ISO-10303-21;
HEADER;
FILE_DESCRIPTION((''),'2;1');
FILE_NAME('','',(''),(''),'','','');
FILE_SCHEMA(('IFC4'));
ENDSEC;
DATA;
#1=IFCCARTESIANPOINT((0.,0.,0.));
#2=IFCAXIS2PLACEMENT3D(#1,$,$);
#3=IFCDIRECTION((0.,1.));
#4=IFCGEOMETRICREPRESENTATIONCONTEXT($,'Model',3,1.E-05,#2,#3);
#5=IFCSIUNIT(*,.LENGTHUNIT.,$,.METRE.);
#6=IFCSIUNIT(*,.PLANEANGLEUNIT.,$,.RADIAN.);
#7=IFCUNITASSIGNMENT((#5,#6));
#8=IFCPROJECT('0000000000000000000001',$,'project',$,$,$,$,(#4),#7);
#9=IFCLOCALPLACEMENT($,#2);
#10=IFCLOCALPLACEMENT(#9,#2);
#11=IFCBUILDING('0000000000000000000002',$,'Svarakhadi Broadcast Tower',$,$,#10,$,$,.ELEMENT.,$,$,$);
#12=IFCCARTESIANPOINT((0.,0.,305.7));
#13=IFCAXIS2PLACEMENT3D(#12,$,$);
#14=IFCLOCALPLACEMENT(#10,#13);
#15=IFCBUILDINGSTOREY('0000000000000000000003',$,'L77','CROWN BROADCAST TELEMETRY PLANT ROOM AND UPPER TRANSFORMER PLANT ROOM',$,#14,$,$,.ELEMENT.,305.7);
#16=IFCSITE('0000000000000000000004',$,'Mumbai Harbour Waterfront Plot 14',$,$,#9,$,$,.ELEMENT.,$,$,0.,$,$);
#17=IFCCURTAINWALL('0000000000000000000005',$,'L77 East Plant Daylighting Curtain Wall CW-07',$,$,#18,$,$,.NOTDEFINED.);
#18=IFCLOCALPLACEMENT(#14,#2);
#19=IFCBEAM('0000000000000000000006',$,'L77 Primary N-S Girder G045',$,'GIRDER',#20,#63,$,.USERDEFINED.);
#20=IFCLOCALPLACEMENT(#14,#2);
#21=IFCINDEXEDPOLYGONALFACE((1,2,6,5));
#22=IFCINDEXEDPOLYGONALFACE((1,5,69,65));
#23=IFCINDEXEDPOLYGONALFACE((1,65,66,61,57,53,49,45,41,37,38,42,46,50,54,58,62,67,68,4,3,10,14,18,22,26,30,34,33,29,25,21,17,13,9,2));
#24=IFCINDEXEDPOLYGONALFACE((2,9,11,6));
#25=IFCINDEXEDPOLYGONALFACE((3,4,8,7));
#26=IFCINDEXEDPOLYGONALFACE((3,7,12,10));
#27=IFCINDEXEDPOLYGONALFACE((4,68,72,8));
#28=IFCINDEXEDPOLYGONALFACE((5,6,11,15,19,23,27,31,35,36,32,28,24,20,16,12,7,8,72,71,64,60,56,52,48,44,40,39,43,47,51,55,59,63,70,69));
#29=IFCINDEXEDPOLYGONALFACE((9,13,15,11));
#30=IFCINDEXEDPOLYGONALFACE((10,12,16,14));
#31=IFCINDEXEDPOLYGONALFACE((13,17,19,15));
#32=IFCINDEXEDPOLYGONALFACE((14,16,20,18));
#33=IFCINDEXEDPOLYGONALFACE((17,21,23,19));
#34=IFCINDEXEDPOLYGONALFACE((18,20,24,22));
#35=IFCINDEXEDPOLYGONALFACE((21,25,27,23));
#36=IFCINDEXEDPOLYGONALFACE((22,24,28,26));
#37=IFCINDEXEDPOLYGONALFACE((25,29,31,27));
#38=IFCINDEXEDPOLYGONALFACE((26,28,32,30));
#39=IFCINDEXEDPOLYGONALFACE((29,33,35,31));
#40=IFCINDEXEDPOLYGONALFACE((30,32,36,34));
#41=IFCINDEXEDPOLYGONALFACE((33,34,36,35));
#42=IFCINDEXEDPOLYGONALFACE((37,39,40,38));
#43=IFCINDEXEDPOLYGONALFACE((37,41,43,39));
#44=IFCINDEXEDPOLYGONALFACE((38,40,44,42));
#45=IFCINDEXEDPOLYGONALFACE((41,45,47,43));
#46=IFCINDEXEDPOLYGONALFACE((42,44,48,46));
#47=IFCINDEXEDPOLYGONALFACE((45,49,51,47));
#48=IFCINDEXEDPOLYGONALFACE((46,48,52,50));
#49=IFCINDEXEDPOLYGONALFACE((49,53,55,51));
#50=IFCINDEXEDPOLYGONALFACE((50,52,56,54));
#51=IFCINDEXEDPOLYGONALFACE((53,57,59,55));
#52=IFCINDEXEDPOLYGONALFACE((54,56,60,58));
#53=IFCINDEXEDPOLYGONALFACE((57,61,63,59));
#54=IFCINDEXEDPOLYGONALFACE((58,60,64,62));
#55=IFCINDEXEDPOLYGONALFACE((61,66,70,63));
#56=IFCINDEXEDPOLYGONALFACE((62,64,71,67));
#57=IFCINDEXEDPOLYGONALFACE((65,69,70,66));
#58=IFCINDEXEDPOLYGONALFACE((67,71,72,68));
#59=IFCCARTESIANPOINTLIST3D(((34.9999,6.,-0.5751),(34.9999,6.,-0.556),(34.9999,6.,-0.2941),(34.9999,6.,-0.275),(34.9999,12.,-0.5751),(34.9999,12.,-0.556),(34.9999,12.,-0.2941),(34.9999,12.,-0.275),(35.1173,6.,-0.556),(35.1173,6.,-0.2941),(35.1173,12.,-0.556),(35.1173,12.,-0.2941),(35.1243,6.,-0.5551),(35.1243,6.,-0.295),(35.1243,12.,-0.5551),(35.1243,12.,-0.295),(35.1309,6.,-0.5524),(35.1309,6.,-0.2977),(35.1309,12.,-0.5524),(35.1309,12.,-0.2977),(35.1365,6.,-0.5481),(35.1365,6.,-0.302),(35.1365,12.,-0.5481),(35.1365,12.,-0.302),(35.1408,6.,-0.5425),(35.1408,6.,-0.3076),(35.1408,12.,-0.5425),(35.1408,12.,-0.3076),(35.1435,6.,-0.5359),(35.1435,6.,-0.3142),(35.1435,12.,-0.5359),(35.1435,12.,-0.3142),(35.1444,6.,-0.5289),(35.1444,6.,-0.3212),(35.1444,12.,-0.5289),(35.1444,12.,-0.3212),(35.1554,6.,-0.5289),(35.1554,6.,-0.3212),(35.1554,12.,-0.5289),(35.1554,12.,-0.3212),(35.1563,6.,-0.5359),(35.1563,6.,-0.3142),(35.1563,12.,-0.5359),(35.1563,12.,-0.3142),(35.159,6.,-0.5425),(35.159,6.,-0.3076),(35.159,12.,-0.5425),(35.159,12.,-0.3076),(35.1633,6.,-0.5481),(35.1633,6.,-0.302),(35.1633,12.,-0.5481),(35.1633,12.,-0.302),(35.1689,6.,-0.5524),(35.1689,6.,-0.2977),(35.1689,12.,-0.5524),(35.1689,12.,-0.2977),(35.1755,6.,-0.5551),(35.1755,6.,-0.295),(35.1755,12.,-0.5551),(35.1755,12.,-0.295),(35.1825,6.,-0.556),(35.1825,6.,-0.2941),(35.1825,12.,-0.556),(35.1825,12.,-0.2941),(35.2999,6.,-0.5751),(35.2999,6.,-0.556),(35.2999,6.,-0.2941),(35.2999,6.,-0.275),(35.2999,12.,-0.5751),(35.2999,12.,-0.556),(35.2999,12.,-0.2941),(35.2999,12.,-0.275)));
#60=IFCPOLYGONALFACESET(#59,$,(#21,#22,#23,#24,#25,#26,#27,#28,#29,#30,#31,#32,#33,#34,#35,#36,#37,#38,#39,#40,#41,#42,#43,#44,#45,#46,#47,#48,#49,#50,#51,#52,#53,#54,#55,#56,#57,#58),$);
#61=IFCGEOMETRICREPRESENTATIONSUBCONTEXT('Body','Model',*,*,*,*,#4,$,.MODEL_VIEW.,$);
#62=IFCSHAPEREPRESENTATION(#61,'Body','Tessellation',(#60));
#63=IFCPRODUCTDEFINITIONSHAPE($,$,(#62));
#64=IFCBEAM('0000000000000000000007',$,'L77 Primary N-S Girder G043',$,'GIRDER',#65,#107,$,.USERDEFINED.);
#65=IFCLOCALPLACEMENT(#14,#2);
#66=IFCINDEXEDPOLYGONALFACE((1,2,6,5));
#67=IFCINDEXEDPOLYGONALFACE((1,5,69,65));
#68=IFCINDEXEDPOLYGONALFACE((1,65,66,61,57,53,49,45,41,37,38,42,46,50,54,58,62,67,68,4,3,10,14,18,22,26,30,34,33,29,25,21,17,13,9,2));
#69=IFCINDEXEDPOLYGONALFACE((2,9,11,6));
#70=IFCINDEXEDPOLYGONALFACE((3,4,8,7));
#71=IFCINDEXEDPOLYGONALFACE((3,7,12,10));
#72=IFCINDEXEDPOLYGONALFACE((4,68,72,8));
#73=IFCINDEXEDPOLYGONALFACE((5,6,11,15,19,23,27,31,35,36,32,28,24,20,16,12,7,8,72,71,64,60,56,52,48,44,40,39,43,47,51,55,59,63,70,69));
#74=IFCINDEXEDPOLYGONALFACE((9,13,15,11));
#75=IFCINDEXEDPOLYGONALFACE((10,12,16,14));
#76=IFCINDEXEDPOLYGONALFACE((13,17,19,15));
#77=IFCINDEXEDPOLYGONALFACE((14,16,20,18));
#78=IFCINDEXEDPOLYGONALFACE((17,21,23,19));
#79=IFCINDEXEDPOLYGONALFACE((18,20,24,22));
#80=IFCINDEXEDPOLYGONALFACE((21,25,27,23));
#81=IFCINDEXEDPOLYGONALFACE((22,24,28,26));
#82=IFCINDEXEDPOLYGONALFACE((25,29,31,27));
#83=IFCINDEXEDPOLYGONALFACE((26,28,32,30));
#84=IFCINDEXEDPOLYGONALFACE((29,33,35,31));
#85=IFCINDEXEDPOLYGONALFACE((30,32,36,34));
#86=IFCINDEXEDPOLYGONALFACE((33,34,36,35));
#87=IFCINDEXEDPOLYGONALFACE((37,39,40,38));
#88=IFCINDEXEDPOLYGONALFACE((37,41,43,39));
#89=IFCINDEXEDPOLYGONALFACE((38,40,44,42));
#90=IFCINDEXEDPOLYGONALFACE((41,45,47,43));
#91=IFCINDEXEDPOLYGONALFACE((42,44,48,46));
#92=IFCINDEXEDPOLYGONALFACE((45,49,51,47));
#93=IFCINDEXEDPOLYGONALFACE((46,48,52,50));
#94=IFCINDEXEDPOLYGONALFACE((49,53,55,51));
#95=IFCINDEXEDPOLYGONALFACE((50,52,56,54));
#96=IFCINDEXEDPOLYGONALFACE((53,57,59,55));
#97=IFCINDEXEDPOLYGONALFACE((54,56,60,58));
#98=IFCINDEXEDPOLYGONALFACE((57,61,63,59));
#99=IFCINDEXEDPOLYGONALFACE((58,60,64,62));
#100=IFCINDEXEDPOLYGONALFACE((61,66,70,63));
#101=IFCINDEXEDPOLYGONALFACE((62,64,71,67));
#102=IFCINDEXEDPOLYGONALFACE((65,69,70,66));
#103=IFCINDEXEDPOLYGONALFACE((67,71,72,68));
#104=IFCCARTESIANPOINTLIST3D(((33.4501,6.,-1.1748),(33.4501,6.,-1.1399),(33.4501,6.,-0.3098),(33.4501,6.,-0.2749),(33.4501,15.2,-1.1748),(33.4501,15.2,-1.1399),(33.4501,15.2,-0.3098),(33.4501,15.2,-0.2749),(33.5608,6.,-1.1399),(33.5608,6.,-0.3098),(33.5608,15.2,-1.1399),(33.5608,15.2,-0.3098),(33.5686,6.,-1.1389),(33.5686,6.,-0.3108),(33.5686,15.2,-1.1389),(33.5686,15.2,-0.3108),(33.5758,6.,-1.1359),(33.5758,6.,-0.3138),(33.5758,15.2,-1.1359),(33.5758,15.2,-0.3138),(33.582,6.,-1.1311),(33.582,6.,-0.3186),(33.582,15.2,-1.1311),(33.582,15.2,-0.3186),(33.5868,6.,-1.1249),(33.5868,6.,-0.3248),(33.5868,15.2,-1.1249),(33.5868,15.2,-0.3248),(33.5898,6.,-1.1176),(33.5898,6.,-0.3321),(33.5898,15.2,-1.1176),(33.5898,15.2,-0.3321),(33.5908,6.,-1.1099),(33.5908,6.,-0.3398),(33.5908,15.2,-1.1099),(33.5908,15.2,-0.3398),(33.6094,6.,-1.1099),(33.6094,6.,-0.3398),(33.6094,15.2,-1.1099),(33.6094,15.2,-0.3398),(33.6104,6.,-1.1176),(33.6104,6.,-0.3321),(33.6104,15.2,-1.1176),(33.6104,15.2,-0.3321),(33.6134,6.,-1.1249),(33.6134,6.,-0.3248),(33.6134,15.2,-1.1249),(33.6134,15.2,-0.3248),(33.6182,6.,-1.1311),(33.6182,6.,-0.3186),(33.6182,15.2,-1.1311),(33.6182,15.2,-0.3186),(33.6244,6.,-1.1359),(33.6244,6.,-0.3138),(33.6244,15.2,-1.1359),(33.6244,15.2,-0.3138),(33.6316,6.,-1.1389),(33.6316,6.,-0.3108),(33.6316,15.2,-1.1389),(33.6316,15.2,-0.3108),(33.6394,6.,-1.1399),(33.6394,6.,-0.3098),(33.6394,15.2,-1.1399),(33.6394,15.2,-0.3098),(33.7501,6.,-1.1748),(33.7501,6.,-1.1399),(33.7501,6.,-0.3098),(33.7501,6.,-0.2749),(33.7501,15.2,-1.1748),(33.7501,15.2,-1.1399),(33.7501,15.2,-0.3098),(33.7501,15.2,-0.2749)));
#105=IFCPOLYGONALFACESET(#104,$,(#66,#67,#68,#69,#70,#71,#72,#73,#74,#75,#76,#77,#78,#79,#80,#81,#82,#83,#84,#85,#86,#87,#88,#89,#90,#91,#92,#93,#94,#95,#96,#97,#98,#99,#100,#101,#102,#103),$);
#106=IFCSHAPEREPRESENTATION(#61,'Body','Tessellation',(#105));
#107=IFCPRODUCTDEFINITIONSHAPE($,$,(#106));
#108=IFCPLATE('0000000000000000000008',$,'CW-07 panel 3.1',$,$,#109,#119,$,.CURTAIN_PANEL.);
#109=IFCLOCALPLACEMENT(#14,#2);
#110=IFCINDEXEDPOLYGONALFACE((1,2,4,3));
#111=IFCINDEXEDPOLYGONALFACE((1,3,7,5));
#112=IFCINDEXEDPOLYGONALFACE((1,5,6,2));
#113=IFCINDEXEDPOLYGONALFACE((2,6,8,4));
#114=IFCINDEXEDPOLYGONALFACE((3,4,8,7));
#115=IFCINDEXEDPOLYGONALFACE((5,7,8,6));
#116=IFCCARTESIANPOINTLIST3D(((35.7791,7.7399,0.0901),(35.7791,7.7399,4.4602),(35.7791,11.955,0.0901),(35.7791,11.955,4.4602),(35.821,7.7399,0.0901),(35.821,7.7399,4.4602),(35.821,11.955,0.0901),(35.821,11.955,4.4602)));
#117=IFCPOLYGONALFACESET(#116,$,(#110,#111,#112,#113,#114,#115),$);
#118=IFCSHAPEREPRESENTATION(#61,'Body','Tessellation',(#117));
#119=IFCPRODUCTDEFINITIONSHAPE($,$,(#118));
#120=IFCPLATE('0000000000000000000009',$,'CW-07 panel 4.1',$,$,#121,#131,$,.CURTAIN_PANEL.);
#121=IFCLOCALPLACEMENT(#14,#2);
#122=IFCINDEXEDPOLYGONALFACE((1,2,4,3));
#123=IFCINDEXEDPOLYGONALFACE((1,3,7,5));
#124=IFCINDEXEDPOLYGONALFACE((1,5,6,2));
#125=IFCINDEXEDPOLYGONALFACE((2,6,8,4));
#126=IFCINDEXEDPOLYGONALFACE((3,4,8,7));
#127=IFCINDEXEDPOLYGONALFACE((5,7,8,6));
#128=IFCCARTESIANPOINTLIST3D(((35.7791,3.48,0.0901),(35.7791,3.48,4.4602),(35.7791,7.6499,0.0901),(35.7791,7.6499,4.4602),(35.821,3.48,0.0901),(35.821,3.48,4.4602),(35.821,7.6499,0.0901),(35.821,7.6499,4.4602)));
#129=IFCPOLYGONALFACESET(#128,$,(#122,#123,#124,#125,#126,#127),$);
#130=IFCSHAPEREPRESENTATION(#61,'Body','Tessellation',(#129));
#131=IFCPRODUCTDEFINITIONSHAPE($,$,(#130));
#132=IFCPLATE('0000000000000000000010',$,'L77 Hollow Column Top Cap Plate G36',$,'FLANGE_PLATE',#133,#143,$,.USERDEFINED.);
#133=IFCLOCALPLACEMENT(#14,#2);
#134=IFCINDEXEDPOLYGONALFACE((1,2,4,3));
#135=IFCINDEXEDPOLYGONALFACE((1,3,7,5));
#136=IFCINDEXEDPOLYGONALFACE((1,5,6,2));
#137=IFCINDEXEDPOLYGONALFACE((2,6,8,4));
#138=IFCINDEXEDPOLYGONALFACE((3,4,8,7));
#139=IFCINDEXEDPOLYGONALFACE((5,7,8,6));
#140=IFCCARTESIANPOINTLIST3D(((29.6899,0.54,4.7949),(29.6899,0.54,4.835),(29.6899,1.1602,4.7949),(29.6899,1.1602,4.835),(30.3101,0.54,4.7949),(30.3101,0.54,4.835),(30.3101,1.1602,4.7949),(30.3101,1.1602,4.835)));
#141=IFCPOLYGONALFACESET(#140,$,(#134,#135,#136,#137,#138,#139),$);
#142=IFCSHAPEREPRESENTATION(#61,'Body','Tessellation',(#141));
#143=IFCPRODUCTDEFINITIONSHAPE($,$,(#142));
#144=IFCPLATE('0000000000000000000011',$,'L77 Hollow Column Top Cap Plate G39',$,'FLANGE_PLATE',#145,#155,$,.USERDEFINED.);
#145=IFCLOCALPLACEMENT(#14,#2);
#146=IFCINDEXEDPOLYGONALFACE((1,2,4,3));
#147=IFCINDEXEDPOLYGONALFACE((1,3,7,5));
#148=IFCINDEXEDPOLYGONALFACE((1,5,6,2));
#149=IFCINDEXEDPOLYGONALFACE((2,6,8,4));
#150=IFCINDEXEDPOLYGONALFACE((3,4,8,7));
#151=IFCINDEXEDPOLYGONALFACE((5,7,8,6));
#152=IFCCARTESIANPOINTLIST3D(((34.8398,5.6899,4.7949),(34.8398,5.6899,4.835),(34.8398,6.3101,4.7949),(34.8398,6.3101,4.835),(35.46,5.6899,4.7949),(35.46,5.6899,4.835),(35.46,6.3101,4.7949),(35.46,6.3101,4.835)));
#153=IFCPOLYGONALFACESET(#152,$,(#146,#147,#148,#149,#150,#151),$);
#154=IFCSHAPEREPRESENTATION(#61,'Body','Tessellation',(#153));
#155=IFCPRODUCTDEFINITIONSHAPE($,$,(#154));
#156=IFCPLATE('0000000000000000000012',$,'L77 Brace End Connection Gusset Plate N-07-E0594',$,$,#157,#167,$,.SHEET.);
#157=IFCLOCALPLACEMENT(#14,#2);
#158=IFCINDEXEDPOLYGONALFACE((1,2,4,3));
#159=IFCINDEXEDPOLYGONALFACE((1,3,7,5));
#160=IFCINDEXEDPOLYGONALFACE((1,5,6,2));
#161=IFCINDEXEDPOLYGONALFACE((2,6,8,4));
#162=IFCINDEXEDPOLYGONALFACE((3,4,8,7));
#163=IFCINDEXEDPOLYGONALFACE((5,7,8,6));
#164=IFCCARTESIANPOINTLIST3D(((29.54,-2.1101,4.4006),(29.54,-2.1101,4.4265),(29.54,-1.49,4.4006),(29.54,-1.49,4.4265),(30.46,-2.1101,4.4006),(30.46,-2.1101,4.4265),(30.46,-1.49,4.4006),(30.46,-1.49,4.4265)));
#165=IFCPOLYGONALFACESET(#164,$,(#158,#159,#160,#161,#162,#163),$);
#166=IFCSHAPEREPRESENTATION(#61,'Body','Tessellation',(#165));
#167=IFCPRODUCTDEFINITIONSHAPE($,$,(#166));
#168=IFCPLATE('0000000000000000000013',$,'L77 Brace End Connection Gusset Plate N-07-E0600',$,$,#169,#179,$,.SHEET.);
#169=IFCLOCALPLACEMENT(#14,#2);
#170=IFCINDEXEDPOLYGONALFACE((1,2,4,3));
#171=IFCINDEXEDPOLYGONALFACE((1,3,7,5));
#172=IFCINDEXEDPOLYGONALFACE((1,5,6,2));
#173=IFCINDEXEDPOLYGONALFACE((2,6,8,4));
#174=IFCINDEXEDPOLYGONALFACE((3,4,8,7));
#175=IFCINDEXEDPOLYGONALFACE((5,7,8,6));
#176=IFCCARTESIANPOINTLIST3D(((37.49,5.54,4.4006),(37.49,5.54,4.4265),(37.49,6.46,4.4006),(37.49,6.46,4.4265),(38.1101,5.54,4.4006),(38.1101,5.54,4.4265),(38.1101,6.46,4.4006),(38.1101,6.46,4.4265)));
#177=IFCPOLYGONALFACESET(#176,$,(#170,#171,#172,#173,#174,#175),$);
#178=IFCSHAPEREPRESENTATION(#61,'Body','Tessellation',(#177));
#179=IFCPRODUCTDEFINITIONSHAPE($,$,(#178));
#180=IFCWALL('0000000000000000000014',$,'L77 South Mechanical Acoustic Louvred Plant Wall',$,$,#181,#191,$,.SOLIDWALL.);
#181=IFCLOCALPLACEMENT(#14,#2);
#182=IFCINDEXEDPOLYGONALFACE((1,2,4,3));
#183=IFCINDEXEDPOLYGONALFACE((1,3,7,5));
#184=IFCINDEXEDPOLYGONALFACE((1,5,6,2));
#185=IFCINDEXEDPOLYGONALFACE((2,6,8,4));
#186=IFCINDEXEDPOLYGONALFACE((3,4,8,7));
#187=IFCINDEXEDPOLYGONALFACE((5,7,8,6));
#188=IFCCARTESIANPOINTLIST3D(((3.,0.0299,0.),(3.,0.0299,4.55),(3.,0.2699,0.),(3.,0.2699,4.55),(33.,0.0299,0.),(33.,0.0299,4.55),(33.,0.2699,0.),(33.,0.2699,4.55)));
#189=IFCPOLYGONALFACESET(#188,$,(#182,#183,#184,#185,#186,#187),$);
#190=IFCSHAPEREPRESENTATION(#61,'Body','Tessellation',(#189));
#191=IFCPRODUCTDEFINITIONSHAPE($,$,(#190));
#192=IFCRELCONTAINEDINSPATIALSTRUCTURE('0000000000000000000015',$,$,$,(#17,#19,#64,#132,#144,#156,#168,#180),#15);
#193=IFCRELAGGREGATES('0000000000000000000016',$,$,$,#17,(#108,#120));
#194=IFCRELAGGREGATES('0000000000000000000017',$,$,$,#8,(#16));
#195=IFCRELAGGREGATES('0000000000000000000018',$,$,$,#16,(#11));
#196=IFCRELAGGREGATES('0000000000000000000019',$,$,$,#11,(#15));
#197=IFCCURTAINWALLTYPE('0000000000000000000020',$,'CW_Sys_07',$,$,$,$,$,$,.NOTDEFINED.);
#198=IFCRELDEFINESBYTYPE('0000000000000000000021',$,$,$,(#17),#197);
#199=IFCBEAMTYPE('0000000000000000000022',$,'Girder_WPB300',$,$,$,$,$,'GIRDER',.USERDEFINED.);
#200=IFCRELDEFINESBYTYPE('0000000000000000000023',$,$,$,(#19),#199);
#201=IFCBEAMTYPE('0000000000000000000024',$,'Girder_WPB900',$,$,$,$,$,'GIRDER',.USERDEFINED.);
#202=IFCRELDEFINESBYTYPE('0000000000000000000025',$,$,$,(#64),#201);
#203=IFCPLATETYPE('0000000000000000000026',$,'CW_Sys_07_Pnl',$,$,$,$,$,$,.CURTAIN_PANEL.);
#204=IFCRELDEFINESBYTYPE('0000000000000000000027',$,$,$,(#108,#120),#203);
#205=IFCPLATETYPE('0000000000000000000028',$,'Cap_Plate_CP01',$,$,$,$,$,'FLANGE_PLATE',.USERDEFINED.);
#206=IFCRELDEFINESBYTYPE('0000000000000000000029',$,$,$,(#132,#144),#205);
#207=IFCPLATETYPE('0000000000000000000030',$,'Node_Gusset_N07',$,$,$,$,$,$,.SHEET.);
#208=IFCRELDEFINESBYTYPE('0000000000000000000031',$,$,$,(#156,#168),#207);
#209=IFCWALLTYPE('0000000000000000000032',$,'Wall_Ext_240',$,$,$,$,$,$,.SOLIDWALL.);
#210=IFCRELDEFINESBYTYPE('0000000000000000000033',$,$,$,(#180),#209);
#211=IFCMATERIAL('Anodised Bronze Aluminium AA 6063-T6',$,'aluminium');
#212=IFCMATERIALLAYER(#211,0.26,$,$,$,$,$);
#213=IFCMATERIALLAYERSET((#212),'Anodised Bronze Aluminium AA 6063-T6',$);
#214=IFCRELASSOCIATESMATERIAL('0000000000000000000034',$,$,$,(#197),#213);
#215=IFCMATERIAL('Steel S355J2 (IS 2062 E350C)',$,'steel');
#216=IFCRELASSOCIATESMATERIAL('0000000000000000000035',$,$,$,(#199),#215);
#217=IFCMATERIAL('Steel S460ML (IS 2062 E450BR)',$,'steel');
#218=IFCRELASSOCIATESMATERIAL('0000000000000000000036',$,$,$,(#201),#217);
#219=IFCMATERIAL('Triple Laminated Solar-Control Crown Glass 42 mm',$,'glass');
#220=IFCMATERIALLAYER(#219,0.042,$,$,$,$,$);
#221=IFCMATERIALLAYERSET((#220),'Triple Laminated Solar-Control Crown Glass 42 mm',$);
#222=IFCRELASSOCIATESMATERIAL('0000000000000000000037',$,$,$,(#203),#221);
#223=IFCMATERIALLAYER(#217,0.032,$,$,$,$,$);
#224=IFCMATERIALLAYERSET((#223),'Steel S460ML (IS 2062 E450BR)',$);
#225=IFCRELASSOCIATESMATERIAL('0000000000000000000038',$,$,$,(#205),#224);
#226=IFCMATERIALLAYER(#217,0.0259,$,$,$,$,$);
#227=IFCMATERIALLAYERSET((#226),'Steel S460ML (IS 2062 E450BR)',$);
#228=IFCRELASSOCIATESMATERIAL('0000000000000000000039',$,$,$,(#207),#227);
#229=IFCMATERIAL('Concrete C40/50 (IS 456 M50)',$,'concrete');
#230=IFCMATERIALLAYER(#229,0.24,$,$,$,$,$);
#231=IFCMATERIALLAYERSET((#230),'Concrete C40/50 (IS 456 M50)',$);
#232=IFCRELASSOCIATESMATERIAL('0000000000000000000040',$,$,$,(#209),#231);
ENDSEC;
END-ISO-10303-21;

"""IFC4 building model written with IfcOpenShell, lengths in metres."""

from ifc_helpers import new_model, si_unit, direction, frame, frame_2d, origin, origin_2d, place, context, subcontext, project, spatial, rectangle, i_section, extrude, material, layer, layer_set, material_profile, profile_set, type_object, element, aggregate, save


model = new_model("IFC4")

# Units and contexts
model_context = context("Model", 3, precision=1e-05, world=origin(), true_north=direction((0.0, 1.0)))
body_context = subcontext(model_context, "Body", "Model", "MODEL_VIEW")
ifc_project = project(units=[si_unit("LENGTHUNIT", "METRE"), si_unit("PLANEANGLEUNIT", "RADIAN")], contexts=[model_context])

# Site, building, storey
site_placement = place(None, origin())
site = spatial("IfcSite", under=ifc_project, at=site_placement, Name="Mumbai Harbour Waterfront Plot 14", CompositionType="ELEMENT", RefElevation=0.0)
building_placement = place(site_placement, origin())
building = spatial("IfcBuilding", under=site, at=building_placement, Name="Svarakhadi Broadcast Tower", CompositionType="ELEMENT")
storey_placement = place(building_placement, frame((0.0, 0.0, 305.7)))
storey = spatial("IfcBuildingStorey", under=building, at=storey_placement, Name="L77", Description="CROWN BROADCAST TELEMETRY PLANT ROOM AND UPPER TRANSFORMER PLANT ROOM", CompositionType="ELEMENT", Elevation=305.7)

# Shared definitions
ifc_material_1 = material(Name="Steel S460ML (IS 2062 E450BR)", Category="steel")

# Curtain wall
ifc_material_2 = material(Name="Anodised Bronze Aluminium AA 6063-T6", Category="aluminium")
ifc_layer_1 = layer(ifc_material_2, 0.26)
ifc_layer_set_1 = layer_set([ifc_layer_1], Name="Anodised Bronze Aluminium AA 6063-T6")
curtain_wall_type = type_object("IfcCurtainWallType", Name="CW_Sys_07", PredefinedType="NOTDEFINED", material=ifc_layer_set_1)
curtain_wall_placement = place(storey_placement, origin())
curtain_wall = element("IfcCurtainWall", 1, at=curtain_wall_placement, inside=storey, type_object=curtain_wall_type, Name="L77 East Plant Daylighting Curtain Wall CW-07", PredefinedType="NOTDEFINED")

# Beams
ifc_material_3 = material(Name="Steel S355J2 (IS 2062 E350C)", Category="steel")
ifc_material_profile_1 = material_profile(ifc_material_3, i_section(OverallWidth=0.3, OverallDepth=0.3, WebThickness=0.011, FlangeThickness=0.019, FilletRadius=0.0271, at=origin_2d()), Name="WPB 300x300x117")
ifc_profile_set_1 = profile_set([ifc_material_profile_1], Name="Steel S355J2 (IS 2062 E350C)")
beam_type_1 = type_object("IfcBeamType", Name="Girder_WPB300", ElementType="GIRDER", PredefinedType="USERDEFINED", material=ifc_profile_set_1)
beam_1_placement = place(storey_placement, frame((35.1499, 6.0, -0.425), z_axis=(0.0, 1.0, 0.0), x_axis=(-1.0, 0.0, 0.0)))
element("IfcBeam", 2, at=beam_1_placement, inside=storey, type_object=beam_type_1, Name="L77 Primary N-S Girder G045", ObjectType="GIRDER", PredefinedType="USERDEFINED", context=body_context, shape_type="SweptSolid", body=[
    extrude(i_section(OverallWidth=0.3, OverallDepth=0.3, WebThickness=0.011, FlangeThickness=0.019, FilletRadius=0.0271, at=origin_2d()), origin(), (0.0, 0.0, 1.0), 6.0),
])
ifc_material_profile_2 = material_profile(ifc_material_1, i_section(OverallWidth=0.3, OverallDepth=0.8999, WebThickness=0.0186, FlangeThickness=0.0349, FilletRadius=0.03, at=origin_2d()), Name="WPB 900x300x291")
ifc_profile_set_2 = profile_set([ifc_material_profile_2], Name="Steel S460ML (IS 2062 E450BR)")
beam_type_2 = type_object("IfcBeamType", Name="Girder_WPB900", ElementType="GIRDER", PredefinedType="USERDEFINED", material=ifc_profile_set_2)
beam_2_placement = place(storey_placement, frame((33.6001, 6.0, -0.7249), z_axis=(0.0, 1.0, 0.0), x_axis=(-1.0, 0.0, 0.0)))
element("IfcBeam", 3, at=beam_2_placement, inside=storey, type_object=beam_type_2, Name="L77 Primary N-S Girder G043", ObjectType="GIRDER", PredefinedType="USERDEFINED", context=body_context, shape_type="SweptSolid", body=[
    extrude(i_section(OverallWidth=0.3, OverallDepth=0.8999, WebThickness=0.0186, FlangeThickness=0.0349, FilletRadius=0.03, at=origin_2d()), origin(), (0.0, 0.0, 1.0), 9.2),
])

# Plates
ifc_material_4 = material(Name="Triple Laminated Solar-Control Crown Glass 42 mm", Category="glass")
ifc_layer_2 = layer(ifc_material_4, 0.042)
ifc_layer_set_2 = layer_set([ifc_layer_2], Name="Triple Laminated Solar-Control Crown Glass 42 mm")
plate_type_1 = type_object("IfcPlateType", Name="CW_Sys_07_Pnl", PredefinedType="CURTAIN_PANEL", material=ifc_layer_set_2)
plate_1_placement = place(storey_placement, frame((35.8, 9.8474, 0.0901), z_axis=(0.0, 0.0, 1.0), x_axis=(0.0, -1.0, 0.0)))
plate_1 = element("IfcPlate", 4, at=plate_1_placement, type_object=plate_type_1, Name="CW-07 panel 3.1", PredefinedType="CURTAIN_PANEL", context=body_context, shape_type="SweptSolid", body=[
    extrude(rectangle(XDim=4.2151, YDim=0.042, at=origin_2d()), origin(), (0.0, 0.0, 1.0), 4.3701),
])
plate_2_placement = place(storey_placement, frame((35.8, 5.5649, 0.0901), z_axis=(0.0, 0.0, 1.0), x_axis=(0.0, -1.0, 0.0)))
plate_2 = element("IfcPlate", 5, at=plate_2_placement, type_object=plate_type_1, Name="CW-07 panel 4.1", PredefinedType="CURTAIN_PANEL", context=body_context, shape_type="SweptSolid", body=[
    extrude(rectangle(XDim=4.1699, YDim=0.042, at=origin_2d()), origin(), (0.0, 0.0, 1.0), 4.3701),
])
aggregate(curtain_wall, [plate_1, plate_2])

# Plates
ifc_layer_3 = layer(ifc_material_1, 0.032)
ifc_layer_set_3 = layer_set([ifc_layer_3], Name="Steel S460ML (IS 2062 E450BR)")
plate_type_2 = type_object("IfcPlateType", Name="Cap_Plate_CP01", ElementType="FLANGE_PLATE", PredefinedType="USERDEFINED", material=ifc_layer_set_3)
for number, where, z_axis, x_axis, name in (
    (6, (30.0, 0.8501, 4.7949), (0.0, 0.0, 1.0), (1.0, 0.0, 0.0), "L77 Hollow Column Top Cap Plate G36"),
    (7, (35.1499, 6.0, 4.7949), (0.0, 0.0, 1.0), (1.0, 0.0, 0.0), "L77 Hollow Column Top Cap Plate G39"),
):
    element("IfcPlate", number, at=place(storey_placement, frame(where, z_axis=z_axis, x_axis=x_axis)), inside=storey, type_object=plate_type_2, Name=name, ObjectType="FLANGE_PLATE", PredefinedType="USERDEFINED", context=body_context, shape_type="SweptSolid", body=[
        extrude(rectangle(XDim=0.6201, YDim=0.6201, at=origin_2d()), origin(), (0.0, 0.0, 1.0), 0.04),
    ])
ifc_layer_4 = layer(ifc_material_1, 0.0259)
ifc_layer_set_4 = layer_set([ifc_layer_4], Name="Steel S460ML (IS 2062 E450BR)")
plate_type_3 = type_object("IfcPlateType", Name="Node_Gusset_N07", PredefinedType="SHEET", material=ifc_layer_set_4)
for number, where, z_axis, x_axis, name in (
    (8, (30.0, -1.8, 4.4006), (0.0, 0.0, 1.0), (1.0, 0.0, 0.0), "L77 Brace End Connection Gusset Plate N-07-E0594"),
    (9, (37.8, 6.0, 4.4006), (0.0, 0.0, 1.0), (0.0, 1.0, 0.0), "L77 Brace End Connection Gusset Plate N-07-E0600"),
):
    element("IfcPlate", number, at=place(storey_placement, frame(where, z_axis=z_axis, x_axis=x_axis)), inside=storey, type_object=plate_type_3, Name=name, PredefinedType="SHEET", context=body_context, shape_type="SweptSolid", body=[
        extrude(rectangle(XDim=0.9199, YDim=0.6201, at=origin_2d()), origin(), (0.0, 0.0, 1.0), 0.0259),
    ])

# Wall
ifc_material_5 = material(Name="Concrete C40/50 (IS 456 M50)", Category="concrete")
ifc_layer_5 = layer(ifc_material_5, 0.24)
ifc_layer_set_5 = layer_set([ifc_layer_5], Name="Concrete C40/50 (IS 456 M50)")
wall_type_1 = type_object("IfcWallType", Name="Wall_Ext_240", PredefinedType="SOLIDWALL", material=ifc_layer_set_5)
wall_1_placement = place(storey_placement, frame((33.0, 0.1499, 0.0), z_axis=(0.0, 0.0, 1.0), x_axis=(-1.0, 0.0, 0.0)))
element("IfcWall", 10, at=wall_1_placement, inside=storey, type_object=wall_type_1, Name="L77 South Mechanical Acoustic Louvred Plant Wall", PredefinedType="SOLIDWALL", context=body_context, shape_type="SweptSolid", body=[
    extrude(rectangle(XDim=30.0, YDim=0.24, at=frame_2d((15.0, 0.0))), origin(), (0.0, 0.0, 1.0), 4.55),
])

save(model, "model.ifc")
